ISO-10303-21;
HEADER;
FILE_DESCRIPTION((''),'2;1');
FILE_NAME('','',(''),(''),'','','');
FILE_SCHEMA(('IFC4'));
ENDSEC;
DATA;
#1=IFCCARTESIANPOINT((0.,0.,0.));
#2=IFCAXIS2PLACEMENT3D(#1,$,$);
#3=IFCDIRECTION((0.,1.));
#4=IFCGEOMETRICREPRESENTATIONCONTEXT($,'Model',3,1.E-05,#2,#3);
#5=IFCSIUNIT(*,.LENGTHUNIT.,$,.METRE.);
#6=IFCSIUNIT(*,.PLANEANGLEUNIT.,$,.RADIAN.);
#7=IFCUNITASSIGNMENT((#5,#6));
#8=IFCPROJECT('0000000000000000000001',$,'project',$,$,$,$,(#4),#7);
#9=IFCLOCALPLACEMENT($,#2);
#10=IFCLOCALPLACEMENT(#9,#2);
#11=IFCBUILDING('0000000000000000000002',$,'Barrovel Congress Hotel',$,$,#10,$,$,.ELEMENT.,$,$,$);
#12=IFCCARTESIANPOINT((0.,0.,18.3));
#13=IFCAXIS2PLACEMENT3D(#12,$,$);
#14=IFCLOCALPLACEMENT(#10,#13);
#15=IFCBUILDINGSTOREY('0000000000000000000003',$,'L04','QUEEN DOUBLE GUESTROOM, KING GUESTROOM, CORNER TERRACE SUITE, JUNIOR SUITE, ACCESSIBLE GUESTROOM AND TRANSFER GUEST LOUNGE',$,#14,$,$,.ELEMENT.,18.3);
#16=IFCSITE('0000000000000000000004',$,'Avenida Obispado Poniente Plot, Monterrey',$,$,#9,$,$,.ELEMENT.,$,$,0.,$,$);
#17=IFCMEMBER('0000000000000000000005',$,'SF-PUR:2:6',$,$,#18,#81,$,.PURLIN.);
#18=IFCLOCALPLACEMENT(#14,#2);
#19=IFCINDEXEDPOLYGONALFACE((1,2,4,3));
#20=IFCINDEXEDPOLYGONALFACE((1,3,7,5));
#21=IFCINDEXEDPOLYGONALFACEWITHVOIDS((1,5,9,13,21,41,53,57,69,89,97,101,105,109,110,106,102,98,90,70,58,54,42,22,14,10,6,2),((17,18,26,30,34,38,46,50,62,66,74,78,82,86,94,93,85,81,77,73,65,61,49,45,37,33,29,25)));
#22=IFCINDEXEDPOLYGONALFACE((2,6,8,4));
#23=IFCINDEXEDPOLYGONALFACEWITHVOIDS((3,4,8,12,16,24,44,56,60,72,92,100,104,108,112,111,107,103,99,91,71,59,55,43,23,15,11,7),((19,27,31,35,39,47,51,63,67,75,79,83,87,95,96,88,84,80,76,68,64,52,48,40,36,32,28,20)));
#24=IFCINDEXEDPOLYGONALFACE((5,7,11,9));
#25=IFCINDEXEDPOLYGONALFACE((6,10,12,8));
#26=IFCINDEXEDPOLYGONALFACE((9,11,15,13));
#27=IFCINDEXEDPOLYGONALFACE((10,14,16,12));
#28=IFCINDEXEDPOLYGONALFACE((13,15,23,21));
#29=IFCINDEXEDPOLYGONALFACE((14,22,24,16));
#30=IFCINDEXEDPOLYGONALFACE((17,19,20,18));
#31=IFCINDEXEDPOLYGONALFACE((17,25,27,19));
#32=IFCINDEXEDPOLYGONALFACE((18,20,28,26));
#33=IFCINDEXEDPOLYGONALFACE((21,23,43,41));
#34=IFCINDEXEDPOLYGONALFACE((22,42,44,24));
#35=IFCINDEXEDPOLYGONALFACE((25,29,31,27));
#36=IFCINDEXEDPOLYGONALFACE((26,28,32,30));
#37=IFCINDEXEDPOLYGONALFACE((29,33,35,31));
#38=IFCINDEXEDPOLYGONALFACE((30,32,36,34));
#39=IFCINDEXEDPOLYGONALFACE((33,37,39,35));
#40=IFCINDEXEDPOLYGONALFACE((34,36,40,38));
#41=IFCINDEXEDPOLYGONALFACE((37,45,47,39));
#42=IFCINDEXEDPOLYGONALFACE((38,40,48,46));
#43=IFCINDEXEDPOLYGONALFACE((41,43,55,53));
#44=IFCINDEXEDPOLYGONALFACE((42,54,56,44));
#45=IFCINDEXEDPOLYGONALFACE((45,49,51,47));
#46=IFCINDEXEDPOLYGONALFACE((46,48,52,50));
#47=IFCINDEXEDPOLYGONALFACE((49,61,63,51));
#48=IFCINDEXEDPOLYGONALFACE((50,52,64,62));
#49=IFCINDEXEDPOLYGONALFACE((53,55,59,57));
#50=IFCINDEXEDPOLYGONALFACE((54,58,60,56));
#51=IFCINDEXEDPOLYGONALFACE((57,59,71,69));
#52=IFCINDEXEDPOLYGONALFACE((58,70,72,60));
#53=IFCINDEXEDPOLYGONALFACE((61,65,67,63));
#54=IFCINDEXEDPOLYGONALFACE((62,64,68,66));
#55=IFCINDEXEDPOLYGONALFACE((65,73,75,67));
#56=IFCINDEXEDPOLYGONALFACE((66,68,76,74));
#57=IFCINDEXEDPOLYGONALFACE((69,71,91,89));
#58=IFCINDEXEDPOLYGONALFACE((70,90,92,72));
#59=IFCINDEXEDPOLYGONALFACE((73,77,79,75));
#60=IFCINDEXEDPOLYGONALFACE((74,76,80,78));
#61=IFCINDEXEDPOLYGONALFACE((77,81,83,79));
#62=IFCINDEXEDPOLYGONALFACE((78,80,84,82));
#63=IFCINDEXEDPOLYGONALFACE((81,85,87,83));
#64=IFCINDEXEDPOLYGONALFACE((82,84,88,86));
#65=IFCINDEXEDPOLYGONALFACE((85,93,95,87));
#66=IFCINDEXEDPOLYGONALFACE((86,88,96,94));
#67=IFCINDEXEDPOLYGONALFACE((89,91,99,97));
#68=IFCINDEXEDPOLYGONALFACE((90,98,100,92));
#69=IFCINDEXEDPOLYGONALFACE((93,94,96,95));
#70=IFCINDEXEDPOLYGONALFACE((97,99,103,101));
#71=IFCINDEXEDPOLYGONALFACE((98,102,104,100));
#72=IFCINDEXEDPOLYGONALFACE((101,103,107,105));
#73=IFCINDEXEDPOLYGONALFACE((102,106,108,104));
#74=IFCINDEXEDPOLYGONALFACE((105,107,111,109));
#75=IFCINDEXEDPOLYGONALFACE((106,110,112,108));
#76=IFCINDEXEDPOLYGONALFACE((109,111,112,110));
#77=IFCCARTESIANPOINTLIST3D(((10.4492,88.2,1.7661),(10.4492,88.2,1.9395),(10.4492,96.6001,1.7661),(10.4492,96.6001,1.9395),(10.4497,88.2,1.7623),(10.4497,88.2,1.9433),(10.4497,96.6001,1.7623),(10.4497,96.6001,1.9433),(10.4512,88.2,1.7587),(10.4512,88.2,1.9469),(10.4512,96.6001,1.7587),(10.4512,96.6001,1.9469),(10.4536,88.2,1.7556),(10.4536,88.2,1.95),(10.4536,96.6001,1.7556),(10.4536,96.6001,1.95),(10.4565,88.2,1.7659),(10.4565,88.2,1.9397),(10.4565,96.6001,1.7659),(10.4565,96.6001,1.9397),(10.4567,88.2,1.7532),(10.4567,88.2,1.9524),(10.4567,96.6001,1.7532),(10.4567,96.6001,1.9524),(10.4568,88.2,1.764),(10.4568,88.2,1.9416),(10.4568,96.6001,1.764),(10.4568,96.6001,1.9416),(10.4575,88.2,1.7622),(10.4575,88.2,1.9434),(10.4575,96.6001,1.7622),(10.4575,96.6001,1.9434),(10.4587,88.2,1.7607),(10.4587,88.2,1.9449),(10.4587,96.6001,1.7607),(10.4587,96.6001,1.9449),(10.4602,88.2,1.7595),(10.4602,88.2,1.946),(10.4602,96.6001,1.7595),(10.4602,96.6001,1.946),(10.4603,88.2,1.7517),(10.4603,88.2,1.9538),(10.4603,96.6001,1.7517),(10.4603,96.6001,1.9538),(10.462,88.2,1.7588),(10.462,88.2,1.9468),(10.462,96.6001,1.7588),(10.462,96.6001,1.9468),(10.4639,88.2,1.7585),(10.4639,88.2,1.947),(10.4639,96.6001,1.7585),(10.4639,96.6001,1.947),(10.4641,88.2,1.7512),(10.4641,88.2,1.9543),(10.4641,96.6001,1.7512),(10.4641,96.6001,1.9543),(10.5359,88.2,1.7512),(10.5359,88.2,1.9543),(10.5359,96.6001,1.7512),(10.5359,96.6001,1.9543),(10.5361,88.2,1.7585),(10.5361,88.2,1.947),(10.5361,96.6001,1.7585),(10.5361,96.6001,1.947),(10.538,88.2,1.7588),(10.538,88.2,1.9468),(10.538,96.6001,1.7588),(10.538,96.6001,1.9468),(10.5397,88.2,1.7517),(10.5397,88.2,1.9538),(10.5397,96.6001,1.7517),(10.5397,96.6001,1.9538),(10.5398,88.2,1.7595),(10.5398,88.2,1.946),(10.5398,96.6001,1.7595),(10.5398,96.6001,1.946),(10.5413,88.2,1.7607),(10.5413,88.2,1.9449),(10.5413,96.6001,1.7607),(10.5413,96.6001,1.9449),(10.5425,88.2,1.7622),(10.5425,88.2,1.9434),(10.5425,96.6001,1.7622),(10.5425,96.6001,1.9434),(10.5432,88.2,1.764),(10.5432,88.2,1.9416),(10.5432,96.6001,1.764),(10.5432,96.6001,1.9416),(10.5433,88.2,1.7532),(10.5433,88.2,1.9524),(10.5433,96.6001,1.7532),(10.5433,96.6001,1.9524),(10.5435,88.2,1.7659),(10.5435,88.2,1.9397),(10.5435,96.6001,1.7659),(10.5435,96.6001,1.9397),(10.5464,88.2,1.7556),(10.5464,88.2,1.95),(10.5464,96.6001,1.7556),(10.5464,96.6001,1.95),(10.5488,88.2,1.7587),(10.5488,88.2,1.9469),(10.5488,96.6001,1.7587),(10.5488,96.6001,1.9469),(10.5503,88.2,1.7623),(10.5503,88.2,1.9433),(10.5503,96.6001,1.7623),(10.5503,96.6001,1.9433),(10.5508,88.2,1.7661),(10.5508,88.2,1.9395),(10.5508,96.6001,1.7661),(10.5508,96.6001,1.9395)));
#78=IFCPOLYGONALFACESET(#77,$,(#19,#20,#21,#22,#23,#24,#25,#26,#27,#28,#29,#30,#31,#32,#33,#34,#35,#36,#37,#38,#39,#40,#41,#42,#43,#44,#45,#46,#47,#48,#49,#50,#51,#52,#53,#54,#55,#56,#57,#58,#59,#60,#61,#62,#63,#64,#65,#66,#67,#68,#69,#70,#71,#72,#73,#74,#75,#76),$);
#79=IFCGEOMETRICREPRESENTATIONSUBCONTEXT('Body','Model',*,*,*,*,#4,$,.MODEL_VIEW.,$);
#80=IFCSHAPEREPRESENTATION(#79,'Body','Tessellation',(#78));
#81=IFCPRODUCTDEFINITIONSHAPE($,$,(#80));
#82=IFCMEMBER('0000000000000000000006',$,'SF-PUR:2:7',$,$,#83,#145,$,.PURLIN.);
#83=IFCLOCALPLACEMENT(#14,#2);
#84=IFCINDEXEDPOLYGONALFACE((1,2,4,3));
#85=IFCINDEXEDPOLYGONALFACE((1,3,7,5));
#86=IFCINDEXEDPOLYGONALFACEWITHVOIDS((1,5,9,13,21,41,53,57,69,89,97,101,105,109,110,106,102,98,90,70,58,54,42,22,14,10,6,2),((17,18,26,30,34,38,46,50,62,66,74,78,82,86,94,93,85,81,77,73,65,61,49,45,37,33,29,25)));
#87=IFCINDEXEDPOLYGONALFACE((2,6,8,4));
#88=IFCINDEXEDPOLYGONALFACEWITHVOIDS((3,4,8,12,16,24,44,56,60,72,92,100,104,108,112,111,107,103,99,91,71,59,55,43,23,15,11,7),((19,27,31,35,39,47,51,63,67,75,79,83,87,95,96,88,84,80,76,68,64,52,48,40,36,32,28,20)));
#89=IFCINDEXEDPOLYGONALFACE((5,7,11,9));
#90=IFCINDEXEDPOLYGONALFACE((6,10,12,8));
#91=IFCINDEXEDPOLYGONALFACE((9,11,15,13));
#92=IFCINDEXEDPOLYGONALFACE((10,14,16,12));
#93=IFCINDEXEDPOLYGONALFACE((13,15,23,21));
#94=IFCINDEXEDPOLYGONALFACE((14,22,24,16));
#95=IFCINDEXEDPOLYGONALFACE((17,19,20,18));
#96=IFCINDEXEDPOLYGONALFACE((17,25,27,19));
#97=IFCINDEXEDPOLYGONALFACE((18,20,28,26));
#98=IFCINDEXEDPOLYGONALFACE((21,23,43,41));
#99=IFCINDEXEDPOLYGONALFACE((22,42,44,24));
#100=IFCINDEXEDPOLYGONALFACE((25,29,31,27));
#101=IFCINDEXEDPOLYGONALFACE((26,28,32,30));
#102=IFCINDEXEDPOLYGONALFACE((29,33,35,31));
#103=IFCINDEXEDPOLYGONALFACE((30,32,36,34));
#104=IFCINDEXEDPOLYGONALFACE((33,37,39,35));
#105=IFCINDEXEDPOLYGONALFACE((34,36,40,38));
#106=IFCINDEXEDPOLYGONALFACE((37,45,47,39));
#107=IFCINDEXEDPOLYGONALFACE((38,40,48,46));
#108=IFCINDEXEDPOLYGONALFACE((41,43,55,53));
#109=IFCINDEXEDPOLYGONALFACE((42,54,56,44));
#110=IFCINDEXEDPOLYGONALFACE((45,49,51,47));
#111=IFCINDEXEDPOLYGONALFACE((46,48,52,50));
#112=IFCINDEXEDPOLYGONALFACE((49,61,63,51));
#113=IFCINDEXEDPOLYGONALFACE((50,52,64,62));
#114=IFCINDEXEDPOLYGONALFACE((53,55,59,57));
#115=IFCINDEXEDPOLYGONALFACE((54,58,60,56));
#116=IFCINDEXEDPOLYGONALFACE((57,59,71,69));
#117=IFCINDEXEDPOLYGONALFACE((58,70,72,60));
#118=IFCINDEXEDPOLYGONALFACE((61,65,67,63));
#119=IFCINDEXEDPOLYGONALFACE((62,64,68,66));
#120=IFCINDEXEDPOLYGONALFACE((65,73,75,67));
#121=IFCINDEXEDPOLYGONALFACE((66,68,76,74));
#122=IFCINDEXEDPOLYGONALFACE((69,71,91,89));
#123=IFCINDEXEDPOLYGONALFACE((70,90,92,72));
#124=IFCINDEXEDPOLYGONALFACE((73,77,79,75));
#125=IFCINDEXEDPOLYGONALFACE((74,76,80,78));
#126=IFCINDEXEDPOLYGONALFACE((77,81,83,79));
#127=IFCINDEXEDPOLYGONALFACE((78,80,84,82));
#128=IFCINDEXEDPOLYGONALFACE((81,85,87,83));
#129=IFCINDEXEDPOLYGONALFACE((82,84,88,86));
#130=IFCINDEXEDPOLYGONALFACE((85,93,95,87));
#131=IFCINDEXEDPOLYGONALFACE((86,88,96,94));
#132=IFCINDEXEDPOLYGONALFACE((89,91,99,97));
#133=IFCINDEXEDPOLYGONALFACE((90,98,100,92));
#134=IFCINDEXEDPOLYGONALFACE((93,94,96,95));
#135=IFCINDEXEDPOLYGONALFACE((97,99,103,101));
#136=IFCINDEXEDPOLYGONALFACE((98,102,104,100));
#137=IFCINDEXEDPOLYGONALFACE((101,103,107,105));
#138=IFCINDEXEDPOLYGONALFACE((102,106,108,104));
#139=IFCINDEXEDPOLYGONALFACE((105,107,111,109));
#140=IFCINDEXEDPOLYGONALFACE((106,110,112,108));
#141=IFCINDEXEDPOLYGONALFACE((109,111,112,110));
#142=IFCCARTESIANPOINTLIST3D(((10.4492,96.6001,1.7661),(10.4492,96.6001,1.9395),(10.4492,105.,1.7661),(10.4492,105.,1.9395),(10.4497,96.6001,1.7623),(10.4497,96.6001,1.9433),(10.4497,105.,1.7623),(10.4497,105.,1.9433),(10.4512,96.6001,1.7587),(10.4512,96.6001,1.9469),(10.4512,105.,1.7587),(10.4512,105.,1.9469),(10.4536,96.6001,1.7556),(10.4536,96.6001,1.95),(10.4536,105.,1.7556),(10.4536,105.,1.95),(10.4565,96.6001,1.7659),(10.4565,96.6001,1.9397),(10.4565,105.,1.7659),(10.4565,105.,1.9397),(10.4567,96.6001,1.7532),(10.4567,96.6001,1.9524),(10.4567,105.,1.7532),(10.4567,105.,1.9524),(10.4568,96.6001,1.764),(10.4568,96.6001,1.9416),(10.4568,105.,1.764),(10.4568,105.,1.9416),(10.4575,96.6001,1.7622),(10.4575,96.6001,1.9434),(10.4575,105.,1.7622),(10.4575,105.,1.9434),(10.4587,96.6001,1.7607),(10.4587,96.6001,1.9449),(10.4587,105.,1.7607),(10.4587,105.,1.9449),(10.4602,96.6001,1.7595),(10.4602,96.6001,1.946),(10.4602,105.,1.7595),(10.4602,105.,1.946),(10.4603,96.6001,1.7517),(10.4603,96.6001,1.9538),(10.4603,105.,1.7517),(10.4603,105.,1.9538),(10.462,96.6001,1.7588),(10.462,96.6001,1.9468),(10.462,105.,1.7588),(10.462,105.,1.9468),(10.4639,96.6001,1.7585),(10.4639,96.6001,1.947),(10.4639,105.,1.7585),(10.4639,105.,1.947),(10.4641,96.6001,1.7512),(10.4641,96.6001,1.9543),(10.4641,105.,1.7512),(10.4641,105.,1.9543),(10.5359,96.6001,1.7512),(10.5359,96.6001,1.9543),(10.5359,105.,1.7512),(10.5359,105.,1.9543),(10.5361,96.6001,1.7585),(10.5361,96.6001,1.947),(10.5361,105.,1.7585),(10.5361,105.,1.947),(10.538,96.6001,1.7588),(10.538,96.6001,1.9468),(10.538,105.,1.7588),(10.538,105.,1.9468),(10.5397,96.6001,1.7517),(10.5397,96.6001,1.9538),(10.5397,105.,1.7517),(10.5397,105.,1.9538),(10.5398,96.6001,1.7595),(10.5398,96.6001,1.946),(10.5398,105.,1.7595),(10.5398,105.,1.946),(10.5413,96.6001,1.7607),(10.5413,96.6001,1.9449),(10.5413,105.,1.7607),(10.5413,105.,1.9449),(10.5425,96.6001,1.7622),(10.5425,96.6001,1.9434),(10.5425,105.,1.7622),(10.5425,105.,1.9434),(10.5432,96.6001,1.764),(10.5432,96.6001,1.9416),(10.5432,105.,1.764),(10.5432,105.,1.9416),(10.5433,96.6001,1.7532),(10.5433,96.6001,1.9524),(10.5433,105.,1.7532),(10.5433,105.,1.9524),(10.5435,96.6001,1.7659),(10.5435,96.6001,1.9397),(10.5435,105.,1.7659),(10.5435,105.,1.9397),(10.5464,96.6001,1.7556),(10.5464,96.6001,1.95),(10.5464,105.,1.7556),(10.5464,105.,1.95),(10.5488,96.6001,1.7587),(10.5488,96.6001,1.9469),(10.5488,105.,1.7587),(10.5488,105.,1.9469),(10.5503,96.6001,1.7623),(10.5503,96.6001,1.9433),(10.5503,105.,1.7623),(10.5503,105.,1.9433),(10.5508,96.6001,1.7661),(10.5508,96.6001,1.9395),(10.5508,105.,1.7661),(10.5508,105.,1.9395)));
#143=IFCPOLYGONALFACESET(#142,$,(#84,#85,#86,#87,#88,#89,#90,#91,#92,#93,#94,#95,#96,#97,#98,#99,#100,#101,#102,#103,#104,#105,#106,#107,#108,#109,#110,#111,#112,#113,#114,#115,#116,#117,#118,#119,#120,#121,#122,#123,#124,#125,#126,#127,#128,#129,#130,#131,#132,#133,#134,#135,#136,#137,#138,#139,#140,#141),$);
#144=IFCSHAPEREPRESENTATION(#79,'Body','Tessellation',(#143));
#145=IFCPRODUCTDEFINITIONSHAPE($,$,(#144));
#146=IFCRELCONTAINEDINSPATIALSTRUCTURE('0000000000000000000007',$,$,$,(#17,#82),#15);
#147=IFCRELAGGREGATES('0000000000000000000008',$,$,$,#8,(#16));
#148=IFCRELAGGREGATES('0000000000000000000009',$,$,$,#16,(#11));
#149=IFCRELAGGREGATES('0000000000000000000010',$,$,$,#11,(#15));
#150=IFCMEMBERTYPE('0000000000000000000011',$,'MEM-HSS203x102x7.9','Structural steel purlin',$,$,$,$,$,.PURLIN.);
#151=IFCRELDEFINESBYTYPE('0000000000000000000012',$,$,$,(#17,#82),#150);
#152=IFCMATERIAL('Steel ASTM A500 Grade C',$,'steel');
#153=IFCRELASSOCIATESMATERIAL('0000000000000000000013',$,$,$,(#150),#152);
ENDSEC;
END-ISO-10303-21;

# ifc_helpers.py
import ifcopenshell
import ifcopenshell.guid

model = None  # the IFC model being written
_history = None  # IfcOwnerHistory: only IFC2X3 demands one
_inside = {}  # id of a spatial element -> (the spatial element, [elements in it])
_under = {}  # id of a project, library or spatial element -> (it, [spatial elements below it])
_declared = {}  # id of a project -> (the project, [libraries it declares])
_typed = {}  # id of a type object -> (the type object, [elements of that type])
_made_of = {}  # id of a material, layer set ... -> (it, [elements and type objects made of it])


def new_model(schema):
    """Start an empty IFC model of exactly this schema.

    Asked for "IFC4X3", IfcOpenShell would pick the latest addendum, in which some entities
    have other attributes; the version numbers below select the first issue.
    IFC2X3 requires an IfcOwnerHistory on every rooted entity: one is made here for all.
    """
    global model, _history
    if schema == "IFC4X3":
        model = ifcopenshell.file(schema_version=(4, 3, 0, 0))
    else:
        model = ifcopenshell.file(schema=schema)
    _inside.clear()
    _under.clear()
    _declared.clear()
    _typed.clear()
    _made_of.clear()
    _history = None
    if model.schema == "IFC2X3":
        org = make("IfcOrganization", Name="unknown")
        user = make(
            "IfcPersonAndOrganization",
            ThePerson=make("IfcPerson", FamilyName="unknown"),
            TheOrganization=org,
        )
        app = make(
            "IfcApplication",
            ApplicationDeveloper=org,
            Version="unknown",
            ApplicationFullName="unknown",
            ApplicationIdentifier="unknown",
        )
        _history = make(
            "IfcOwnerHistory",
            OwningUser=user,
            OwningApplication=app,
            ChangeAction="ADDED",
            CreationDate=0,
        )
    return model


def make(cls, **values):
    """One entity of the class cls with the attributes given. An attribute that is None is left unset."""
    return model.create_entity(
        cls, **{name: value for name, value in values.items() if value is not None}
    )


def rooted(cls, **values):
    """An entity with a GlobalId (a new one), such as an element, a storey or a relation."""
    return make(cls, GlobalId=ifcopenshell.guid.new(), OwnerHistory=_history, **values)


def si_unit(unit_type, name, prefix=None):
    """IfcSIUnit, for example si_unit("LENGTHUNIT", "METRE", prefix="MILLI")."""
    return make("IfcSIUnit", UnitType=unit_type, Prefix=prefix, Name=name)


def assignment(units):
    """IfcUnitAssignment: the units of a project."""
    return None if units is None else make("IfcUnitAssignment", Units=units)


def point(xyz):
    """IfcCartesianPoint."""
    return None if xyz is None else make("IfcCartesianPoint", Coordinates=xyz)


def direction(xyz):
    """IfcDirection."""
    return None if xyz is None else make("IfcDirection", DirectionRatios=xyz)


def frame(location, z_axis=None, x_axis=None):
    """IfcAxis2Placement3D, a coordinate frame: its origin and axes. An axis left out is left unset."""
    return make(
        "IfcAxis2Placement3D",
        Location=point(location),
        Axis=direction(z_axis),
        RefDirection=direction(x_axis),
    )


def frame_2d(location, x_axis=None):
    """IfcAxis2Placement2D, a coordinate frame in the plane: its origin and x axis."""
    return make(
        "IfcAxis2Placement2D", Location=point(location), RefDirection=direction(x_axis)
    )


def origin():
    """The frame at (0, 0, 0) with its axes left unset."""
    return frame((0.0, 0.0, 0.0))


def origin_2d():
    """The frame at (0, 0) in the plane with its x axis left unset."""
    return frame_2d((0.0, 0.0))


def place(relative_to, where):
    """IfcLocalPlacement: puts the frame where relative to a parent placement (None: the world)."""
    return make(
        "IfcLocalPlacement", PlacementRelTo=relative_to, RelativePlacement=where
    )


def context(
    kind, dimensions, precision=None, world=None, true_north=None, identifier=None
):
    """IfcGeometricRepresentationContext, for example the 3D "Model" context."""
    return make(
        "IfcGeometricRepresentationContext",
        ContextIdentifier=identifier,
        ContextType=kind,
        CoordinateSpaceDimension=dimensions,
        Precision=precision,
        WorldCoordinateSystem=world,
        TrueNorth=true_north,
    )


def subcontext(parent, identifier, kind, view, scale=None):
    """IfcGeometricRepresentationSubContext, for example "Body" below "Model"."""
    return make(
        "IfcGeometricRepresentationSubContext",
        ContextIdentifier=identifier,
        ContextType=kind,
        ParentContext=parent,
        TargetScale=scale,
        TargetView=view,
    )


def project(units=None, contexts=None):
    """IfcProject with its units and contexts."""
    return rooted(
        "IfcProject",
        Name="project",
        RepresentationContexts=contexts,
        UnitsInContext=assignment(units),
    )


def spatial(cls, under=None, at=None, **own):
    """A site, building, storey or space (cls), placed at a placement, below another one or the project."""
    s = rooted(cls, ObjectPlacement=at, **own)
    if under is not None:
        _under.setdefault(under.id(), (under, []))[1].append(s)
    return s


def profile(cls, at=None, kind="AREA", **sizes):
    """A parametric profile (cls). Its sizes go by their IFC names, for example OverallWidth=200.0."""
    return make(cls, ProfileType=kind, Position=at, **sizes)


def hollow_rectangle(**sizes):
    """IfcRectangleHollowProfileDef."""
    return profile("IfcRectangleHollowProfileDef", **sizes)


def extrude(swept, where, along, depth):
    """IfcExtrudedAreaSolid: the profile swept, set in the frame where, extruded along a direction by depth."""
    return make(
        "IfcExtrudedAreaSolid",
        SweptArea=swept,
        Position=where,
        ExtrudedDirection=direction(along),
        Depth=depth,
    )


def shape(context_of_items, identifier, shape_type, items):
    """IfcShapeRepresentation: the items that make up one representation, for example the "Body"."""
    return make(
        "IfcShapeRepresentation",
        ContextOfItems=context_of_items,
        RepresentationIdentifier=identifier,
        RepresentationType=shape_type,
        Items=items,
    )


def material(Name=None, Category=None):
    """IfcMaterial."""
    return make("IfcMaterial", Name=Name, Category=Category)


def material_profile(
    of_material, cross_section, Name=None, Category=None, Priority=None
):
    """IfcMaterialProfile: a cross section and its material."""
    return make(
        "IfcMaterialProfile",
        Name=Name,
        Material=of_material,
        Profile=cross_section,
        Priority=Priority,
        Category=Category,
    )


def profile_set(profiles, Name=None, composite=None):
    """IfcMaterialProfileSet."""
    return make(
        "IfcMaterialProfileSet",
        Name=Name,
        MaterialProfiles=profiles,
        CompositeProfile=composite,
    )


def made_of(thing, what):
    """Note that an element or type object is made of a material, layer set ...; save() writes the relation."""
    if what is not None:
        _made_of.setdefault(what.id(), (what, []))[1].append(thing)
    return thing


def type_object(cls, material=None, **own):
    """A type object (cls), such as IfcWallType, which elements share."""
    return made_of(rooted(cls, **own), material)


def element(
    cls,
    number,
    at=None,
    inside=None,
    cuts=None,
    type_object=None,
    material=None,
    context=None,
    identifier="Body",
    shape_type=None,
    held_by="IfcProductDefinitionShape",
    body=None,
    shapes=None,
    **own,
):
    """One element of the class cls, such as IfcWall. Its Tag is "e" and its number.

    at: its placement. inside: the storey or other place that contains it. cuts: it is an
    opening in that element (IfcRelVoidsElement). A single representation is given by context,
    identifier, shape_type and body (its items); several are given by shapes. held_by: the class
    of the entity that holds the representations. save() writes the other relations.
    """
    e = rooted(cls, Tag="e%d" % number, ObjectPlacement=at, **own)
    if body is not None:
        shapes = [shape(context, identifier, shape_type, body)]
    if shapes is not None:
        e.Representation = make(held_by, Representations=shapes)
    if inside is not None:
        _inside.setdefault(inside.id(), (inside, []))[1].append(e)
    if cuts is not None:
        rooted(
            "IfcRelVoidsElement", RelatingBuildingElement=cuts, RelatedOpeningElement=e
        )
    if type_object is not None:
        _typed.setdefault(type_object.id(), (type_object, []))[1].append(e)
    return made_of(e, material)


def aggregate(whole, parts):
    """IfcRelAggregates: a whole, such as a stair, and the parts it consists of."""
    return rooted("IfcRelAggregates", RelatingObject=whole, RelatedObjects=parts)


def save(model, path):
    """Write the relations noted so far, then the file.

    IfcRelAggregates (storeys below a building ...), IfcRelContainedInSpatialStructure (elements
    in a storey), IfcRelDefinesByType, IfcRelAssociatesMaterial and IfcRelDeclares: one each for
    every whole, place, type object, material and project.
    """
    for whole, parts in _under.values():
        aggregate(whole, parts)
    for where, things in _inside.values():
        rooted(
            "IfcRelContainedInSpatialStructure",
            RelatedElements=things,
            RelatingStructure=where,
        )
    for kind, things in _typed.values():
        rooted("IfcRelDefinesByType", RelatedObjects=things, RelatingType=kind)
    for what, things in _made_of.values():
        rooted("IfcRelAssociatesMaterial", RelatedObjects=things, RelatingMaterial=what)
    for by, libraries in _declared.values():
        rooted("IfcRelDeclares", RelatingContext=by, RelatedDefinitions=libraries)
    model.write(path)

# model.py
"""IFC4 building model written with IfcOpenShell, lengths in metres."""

from ifc_helpers import new_model, si_unit, direction, frame, origin, origin_2d, place, context, subcontext, project, spatial, hollow_rectangle, extrude, material, material_profile, profile_set, type_object, element, save


model = new_model("IFC4")

# Units and contexts
model_context = context("Model", 3, precision=1e-05, world=origin(), true_north=direction((0.0, 1.0)))
body_context = subcontext(model_context, "Body", "Model", "MODEL_VIEW")
ifc_project = project(units=[si_unit("LENGTHUNIT", "METRE"), si_unit("PLANEANGLEUNIT", "RADIAN")], contexts=[model_context])

# Site, building, storey
site_placement = place(None, origin())
site = spatial("IfcSite", under=ifc_project, at=site_placement, Name="Avenida Obispado Poniente Plot, Monterrey", CompositionType="ELEMENT", RefElevation=0.0)
building_placement = place(site_placement, origin())
building = spatial("IfcBuilding", under=site, at=building_placement, Name="Barrovel Congress Hotel", CompositionType="ELEMENT")
storey_placement = place(building_placement, frame((0.0, 0.0, 18.3)))
storey = spatial("IfcBuildingStorey", under=building, at=storey_placement, Name="L04", Description="QUEEN DOUBLE GUESTROOM, KING GUESTROOM, CORNER TERRACE SUITE, JUNIOR SUITE, ACCESSIBLE GUESTROOM AND TRANSFER GUEST LOUNGE", CompositionType="ELEMENT", Elevation=18.3)

# Members
ifc_material_1 = material(Name="Steel ASTM A500 Grade C", Category="steel")
ifc_material_profile_1 = material_profile(ifc_material_1, hollow_rectangle(XDim=0.1016, YDim=0.2031, WallThickness=0.0073, InnerFilletRadius=0.0073, OuterFilletRadius=0.0149, at=origin_2d()), Name="HSS203x102x7.9")
ifc_profile_set_1 = profile_set([ifc_material_profile_1], Name="Steel ASTM A500 Grade C")
member_type_1 = type_object("IfcMemberType", Name="MEM-HSS203x102x7.9", Description="Structural steel purlin", PredefinedType="PURLIN", material=ifc_profile_set_1)
member_1_placement = place(storey_placement, frame((10.5, 88.2, 1.8528), z_axis=(0.0, 1.0, 0.0), x_axis=(-1.0, 0.0, 0.0)))
element("IfcMember", 1, at=member_1_placement, inside=storey, type_object=member_type_1, Name="SF-PUR:2:6", PredefinedType="PURLIN", context=body_context, shape_type="SweptSolid", body=[
    extrude(hollow_rectangle(XDim=0.1016, YDim=0.2031, WallThickness=0.0073, InnerFilletRadius=0.0073, OuterFilletRadius=0.0149, at=origin_2d()), origin(), (0.0, 0.0, 1.0), 8.4001),
])
member_2_placement = place(storey_placement, frame((10.5, 96.6001, 1.8528), z_axis=(0.0, 1.0, 0.0), x_axis=(-1.0, 0.0, 0.0)))
element("IfcMember", 2, at=member_2_placement, inside=storey, type_object=member_type_1, Name="SF-PUR:2:7", PredefinedType="PURLIN", context=body_context, shape_type="SweptSolid", body=[
    extrude(hollow_rectangle(XDim=0.1016, YDim=0.2031, WallThickness=0.0073, InnerFilletRadius=0.0073, OuterFilletRadius=0.0149, at=origin_2d()), origin(), (0.0, 0.0, 1.0), 8.3999),
])

save(model, "model.ifc")
